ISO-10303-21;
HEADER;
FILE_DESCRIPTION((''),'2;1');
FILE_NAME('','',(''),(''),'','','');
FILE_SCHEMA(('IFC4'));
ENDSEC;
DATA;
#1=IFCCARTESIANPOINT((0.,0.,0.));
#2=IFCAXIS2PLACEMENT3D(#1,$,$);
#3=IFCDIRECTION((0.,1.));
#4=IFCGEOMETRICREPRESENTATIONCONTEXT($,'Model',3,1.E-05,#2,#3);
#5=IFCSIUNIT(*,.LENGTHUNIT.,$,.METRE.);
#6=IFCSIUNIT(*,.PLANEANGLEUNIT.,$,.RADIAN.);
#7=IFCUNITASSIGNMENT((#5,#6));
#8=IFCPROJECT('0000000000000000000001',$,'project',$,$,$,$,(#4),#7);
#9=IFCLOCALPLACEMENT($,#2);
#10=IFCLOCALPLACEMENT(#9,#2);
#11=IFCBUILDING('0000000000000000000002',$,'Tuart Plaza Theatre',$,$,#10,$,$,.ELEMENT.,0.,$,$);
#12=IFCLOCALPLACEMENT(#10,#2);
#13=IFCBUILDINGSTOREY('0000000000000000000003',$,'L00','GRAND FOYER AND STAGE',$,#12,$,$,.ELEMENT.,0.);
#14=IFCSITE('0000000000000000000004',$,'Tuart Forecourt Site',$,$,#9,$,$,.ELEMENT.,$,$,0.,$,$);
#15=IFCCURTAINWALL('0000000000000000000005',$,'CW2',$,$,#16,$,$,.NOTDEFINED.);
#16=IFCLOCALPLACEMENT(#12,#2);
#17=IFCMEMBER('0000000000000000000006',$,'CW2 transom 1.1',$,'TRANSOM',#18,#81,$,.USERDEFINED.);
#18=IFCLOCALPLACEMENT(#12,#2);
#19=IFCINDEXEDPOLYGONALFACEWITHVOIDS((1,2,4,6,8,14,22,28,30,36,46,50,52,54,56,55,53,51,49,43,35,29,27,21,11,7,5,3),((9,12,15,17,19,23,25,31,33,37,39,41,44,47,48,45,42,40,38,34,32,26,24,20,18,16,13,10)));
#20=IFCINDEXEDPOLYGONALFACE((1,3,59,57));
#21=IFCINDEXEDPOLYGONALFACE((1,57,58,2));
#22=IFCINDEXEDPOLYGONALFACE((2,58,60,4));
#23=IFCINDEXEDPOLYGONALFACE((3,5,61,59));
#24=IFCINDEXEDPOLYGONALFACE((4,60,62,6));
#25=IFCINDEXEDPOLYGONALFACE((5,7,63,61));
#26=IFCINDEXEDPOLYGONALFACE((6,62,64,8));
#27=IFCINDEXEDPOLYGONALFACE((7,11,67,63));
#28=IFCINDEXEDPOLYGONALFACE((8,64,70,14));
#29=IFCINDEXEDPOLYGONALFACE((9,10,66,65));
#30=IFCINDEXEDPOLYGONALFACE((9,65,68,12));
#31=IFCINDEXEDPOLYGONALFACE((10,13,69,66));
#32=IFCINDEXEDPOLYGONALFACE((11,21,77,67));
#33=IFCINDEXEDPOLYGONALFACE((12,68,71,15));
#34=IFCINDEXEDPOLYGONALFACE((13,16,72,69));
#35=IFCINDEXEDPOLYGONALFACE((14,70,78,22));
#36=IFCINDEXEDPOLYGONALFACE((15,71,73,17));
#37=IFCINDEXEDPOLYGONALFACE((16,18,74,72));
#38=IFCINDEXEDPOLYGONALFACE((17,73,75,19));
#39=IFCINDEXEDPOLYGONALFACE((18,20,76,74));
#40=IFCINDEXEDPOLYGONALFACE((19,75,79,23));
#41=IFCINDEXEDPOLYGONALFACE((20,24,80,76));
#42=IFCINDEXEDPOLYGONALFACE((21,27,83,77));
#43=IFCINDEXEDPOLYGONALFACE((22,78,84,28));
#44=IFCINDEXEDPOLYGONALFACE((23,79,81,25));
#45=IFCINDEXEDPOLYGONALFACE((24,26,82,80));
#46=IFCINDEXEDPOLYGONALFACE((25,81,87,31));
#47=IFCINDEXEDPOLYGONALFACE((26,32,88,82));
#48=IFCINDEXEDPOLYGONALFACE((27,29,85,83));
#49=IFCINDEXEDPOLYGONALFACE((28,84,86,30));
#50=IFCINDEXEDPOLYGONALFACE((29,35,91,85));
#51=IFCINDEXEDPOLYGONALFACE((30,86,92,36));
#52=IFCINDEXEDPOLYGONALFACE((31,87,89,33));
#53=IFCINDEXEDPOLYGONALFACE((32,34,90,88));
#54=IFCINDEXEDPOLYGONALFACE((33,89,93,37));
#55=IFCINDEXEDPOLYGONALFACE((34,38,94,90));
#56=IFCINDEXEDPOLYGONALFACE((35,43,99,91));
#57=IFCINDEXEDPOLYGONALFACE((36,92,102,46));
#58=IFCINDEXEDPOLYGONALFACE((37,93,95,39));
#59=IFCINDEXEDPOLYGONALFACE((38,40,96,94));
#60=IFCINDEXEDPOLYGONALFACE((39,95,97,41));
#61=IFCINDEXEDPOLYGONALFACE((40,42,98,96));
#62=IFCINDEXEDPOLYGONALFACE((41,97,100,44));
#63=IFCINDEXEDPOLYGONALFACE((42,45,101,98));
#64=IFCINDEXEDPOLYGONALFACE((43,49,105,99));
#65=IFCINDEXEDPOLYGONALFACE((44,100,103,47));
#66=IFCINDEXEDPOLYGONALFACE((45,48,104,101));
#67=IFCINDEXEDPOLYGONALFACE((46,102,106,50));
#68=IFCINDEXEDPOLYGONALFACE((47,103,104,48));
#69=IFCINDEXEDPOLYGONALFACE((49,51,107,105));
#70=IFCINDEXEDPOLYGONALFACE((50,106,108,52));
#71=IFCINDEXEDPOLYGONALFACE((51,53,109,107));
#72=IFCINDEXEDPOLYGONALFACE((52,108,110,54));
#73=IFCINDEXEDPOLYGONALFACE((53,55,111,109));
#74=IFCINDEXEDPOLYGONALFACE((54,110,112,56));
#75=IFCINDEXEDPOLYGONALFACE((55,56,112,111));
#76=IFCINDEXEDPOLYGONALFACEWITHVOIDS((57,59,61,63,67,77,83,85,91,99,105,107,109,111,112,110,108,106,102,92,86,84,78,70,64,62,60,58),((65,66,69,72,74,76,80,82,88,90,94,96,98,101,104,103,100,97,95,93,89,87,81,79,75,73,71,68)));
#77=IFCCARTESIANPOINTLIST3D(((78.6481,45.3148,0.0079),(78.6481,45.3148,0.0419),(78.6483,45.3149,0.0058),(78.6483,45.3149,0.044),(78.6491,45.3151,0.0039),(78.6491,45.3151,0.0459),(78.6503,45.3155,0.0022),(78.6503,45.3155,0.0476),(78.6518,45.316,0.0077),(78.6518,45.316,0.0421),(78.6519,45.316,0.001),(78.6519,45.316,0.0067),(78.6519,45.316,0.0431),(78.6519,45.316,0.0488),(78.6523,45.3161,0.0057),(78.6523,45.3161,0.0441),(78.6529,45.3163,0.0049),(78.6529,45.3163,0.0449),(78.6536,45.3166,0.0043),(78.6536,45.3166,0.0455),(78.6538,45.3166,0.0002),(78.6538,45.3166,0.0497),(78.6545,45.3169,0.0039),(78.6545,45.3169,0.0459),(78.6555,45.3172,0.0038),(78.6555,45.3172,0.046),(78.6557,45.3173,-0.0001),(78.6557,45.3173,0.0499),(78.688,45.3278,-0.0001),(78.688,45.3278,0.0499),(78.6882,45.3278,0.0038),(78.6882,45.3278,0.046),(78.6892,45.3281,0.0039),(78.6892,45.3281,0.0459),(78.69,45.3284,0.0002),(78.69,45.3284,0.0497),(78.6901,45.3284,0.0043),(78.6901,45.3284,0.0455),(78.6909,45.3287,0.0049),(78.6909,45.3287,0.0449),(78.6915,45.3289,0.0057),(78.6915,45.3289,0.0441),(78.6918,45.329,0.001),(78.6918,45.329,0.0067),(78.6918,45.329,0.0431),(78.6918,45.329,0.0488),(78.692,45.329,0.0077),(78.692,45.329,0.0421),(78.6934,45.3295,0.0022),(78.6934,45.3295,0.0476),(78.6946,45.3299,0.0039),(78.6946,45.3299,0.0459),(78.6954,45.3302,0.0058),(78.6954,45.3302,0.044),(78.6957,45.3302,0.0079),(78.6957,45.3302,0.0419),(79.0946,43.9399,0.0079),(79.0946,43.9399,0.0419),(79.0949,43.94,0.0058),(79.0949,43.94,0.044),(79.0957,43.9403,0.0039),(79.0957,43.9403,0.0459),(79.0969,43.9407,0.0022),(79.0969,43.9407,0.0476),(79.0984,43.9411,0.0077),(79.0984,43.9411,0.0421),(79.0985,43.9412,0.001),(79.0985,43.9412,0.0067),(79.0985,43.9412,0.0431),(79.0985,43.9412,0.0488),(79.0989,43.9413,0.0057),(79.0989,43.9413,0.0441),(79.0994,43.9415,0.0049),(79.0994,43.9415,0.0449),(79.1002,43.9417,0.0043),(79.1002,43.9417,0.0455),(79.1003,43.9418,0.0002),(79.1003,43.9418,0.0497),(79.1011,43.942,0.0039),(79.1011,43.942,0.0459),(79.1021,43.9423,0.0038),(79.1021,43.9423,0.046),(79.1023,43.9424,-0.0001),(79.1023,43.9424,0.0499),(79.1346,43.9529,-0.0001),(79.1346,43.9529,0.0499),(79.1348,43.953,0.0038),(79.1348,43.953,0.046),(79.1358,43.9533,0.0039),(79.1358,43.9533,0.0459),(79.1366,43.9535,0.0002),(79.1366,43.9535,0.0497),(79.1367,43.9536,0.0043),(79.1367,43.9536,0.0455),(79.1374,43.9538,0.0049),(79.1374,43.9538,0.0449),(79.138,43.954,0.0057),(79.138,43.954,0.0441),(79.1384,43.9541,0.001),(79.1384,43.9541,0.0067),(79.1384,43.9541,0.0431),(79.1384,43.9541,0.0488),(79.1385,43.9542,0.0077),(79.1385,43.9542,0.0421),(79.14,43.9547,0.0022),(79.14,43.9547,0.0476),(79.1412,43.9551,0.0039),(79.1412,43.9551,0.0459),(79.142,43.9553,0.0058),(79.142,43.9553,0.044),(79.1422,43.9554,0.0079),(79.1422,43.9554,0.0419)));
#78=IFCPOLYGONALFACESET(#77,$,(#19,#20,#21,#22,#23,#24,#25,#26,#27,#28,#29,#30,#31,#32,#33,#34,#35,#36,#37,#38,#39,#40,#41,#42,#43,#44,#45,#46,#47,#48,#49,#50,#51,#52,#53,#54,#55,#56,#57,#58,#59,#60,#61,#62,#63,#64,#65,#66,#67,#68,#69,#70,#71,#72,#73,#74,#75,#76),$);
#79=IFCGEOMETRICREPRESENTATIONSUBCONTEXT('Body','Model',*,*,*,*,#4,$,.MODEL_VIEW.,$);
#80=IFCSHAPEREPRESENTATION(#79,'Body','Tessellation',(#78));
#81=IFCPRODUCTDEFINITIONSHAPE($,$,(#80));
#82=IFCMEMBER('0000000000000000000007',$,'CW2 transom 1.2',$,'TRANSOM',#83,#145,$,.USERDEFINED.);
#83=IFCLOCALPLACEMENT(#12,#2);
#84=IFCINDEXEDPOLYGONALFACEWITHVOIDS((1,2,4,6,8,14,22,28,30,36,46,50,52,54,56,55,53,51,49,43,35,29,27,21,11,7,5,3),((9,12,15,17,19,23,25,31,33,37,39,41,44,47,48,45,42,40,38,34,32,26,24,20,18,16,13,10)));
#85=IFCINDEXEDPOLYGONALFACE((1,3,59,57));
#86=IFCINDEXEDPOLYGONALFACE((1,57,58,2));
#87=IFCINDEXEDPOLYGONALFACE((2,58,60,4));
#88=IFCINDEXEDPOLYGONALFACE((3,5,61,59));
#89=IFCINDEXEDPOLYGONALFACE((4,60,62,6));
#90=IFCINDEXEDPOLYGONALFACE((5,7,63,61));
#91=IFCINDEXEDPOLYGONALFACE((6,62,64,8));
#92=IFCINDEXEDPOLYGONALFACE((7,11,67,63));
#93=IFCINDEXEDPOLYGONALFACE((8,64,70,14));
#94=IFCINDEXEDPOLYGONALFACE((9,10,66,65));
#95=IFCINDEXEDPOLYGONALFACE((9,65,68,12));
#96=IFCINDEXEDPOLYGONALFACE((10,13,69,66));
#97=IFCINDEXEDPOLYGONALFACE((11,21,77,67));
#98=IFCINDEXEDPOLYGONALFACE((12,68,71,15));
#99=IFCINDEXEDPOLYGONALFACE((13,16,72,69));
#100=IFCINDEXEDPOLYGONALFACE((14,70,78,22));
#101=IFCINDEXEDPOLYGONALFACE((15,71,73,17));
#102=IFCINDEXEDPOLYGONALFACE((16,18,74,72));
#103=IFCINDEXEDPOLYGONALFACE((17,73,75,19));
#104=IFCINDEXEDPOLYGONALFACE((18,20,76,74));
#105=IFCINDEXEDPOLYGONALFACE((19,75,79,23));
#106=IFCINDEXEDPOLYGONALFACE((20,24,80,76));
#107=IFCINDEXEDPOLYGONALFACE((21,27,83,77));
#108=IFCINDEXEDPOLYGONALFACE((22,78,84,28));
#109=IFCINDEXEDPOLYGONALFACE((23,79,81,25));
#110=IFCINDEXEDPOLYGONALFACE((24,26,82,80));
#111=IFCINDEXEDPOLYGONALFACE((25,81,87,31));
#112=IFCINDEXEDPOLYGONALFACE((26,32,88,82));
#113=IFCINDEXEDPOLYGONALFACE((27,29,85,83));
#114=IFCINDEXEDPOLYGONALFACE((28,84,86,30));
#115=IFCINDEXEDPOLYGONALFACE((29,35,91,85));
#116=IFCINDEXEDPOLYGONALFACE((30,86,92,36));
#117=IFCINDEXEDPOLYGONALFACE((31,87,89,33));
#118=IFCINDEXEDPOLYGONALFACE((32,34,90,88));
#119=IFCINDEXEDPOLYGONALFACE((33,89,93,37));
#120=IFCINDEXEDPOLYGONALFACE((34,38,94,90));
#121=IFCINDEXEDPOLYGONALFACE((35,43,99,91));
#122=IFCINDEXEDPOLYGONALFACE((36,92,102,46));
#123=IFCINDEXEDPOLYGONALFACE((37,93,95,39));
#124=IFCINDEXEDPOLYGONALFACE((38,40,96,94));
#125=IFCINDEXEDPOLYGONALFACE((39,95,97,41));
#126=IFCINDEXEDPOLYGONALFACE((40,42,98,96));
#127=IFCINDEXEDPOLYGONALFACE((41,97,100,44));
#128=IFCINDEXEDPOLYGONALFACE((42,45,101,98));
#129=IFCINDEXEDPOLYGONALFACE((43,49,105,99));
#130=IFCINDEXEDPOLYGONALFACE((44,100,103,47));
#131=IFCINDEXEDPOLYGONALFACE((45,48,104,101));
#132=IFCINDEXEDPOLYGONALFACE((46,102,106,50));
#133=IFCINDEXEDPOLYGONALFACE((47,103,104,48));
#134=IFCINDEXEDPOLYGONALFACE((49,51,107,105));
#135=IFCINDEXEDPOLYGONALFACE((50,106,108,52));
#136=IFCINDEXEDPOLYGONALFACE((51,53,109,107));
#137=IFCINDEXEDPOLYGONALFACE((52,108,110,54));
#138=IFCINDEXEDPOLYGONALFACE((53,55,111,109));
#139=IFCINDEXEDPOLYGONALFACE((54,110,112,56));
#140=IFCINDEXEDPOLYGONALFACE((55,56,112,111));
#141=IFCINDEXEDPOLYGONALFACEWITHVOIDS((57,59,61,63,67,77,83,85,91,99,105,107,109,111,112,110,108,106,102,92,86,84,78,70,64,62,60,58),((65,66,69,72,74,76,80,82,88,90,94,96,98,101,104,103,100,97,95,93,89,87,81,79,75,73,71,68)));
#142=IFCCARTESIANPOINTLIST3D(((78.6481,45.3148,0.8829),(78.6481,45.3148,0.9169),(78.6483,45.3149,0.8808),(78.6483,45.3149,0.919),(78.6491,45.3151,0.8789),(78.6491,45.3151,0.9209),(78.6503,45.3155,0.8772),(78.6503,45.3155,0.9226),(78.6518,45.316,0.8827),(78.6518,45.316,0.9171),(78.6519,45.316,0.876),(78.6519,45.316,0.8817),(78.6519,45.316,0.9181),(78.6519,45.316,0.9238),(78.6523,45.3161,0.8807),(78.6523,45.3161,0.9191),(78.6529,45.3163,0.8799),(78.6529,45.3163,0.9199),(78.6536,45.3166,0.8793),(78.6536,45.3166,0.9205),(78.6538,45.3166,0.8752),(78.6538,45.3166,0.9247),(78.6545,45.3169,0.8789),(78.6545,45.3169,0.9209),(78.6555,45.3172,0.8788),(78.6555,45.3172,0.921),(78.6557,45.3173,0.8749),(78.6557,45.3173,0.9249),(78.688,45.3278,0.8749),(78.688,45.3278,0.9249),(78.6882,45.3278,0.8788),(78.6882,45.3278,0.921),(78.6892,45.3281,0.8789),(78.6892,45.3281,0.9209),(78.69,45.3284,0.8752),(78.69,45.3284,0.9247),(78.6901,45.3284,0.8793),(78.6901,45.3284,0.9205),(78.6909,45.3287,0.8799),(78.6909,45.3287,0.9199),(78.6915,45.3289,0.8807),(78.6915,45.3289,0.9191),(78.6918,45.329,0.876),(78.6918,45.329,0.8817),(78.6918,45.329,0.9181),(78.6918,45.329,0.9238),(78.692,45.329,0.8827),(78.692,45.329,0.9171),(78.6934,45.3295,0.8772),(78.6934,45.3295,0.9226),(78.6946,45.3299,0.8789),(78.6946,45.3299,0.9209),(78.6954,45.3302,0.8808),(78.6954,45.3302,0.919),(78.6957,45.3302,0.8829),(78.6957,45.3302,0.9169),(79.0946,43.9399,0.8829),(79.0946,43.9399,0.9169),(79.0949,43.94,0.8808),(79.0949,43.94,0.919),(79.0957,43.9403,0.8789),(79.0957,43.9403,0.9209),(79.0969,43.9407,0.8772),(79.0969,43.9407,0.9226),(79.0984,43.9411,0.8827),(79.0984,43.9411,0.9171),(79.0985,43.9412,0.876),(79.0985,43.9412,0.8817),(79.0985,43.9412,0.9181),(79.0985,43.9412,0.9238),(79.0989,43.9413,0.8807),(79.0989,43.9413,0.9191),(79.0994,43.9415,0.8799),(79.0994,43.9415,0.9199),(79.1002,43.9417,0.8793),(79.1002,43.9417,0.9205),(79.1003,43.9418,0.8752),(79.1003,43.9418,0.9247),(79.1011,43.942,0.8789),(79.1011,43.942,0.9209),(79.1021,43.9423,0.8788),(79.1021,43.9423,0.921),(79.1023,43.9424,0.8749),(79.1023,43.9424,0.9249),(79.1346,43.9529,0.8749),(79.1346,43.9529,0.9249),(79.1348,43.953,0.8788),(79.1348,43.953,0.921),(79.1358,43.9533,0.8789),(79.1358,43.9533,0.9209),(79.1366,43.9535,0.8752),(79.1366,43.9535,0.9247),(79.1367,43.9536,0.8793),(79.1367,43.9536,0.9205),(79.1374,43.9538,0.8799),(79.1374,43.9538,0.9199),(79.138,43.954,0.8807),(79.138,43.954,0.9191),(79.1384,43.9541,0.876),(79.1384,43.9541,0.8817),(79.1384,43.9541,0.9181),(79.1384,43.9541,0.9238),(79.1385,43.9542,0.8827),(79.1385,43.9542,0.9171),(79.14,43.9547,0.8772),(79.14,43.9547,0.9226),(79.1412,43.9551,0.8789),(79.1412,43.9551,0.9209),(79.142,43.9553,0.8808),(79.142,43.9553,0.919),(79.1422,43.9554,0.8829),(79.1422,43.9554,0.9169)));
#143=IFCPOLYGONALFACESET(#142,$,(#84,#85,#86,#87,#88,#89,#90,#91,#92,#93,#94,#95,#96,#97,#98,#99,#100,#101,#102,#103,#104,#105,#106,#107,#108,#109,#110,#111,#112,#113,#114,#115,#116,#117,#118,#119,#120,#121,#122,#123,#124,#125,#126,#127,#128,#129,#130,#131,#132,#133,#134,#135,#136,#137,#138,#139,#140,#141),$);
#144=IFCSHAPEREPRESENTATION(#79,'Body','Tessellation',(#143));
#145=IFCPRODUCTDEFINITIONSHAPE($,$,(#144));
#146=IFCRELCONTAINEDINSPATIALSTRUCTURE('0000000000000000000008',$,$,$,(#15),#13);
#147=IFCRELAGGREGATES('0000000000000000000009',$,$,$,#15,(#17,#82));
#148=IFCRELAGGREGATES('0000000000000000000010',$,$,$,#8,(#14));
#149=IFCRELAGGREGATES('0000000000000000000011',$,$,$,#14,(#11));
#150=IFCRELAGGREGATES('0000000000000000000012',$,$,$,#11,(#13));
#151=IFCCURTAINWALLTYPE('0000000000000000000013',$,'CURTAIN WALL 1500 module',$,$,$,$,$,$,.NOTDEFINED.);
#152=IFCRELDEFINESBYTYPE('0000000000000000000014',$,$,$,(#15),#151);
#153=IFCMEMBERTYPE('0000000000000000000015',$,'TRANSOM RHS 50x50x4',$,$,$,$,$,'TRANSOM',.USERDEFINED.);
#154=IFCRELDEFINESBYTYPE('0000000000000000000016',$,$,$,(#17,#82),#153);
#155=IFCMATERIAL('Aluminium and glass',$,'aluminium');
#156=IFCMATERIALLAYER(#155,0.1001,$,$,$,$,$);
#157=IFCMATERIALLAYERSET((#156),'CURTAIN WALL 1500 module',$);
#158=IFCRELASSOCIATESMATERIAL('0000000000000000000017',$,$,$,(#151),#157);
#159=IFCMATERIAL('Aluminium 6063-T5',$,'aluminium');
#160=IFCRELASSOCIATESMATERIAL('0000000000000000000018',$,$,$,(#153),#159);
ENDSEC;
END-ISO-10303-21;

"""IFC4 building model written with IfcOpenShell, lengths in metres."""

from ifc_helpers import new_model, si_unit, direction, frame, origin, origin_2d, place, context, subcontext, project, spatial, hollow_rectangle, extrude, material, layer, layer_set, material_profile, profile_set, type_object, element, aggregate, save


model = new_model("IFC4")

# Units and contexts
model_context = context("Model", 3, precision=1e-05, world=origin(), true_north=direction((0.0, 1.0)))
body_context = subcontext(model_context, "Body", "Model", "MODEL_VIEW")
ifc_project = project(units=[si_unit("LENGTHUNIT", "METRE"), si_unit("PLANEANGLEUNIT", "RADIAN")], contexts=[model_context])

# Site, building, storey
site_placement = place(None, origin())
site = spatial("IfcSite", under=ifc_project, at=site_placement, Name="Tuart Forecourt Site", CompositionType="ELEMENT", RefElevation=0.0)
building_placement = place(site_placement, origin())
building = spatial("IfcBuilding", under=site, at=building_placement, Name="Tuart Plaza Theatre", CompositionType="ELEMENT", ElevationOfRefHeight=0.0)
storey_placement = place(building_placement, origin())
storey = spatial("IfcBuildingStorey", under=building, at=storey_placement, Name="L00", Description="GRAND FOYER AND STAGE", CompositionType="ELEMENT", Elevation=0.0)

# Curtain wall
ifc_material_1 = material(Name="Aluminium and glass", Category="aluminium")
ifc_layer_1 = layer(ifc_material_1, 0.1001)
ifc_layer_set_1 = layer_set([ifc_layer_1], Name="CURTAIN WALL 1500 module")
curtain_wall_type = type_object("IfcCurtainWallType", Name="CURTAIN WALL 1500 module", PredefinedType="NOTDEFINED", material=ifc_layer_set_1)
curtain_wall_1_placement = place(storey_placement, origin())
curtain_wall_1 = element("IfcCurtainWall", 1, at=curtain_wall_1_placement, inside=storey, type_object=curtain_wall_type, Name="CW2", PredefinedType="NOTDEFINED")

# Members
ifc_material_2 = material(Name="Aluminium 6063-T5", Category="aluminium")
ifc_material_profile_1 = material_profile(ifc_material_2, hollow_rectangle(XDim=0.05, YDim=0.05, WallThickness=0.0039, InnerFilletRadius=0.0039, OuterFilletRadius=0.0081, at=origin_2d()), Name="RHS 50x50x4")
ifc_profile_set_1 = profile_set([ifc_material_profile_1], Name="Aluminium 6063-T5")
member_type_1 = type_object("IfcMemberType", Name="TRANSOM RHS 50x50x4", ElementType="TRANSOM", PredefinedType="USERDEFINED", material=ifc_profile_set_1)
member_1_placement = place(storey_placement, frame((78.6719, 45.3225, 0.0249), z_axis=(0.308922, -0.951087, 0.0), x_axis=(0.951087, 0.308922, 0.0)))
member_1 = element("IfcMember", 2, at=member_1_placement, type_object=member_type_1, Name="CW2 transom 1.1", ObjectType="TRANSOM", PredefinedType="USERDEFINED", context=body_context, shape_type="SweptSolid", body=[
    extrude(hollow_rectangle(XDim=0.05, YDim=0.05, WallThickness=0.0039, InnerFilletRadius=0.0039, OuterFilletRadius=0.0081, at=origin_2d()), origin(), (0.0, 0.0, 1.0), 1.4456),
])
member_2_placement = place(storey_placement, frame((78.6719, 45.3225, 0.8999), z_axis=(0.308922, -0.951087, 0.0), x_axis=(0.951087, 0.308922, 0.0)))
member_2 = element("IfcMember", 3, at=member_2_placement, type_object=member_type_1, Name="CW2 transom 1.2", ObjectType="TRANSOM", PredefinedType="USERDEFINED", context=body_context, shape_type="SweptSolid", body=[
    extrude(hollow_rectangle(XDim=0.05, YDim=0.05, WallThickness=0.0039, InnerFilletRadius=0.0039, OuterFilletRadius=0.0081, at=origin_2d()), origin(), (0.0, 0.0, 1.0), 1.4456),
])

aggregate(curtain_wall_1, [member_1, member_2])

save(model, "model.ifc")
